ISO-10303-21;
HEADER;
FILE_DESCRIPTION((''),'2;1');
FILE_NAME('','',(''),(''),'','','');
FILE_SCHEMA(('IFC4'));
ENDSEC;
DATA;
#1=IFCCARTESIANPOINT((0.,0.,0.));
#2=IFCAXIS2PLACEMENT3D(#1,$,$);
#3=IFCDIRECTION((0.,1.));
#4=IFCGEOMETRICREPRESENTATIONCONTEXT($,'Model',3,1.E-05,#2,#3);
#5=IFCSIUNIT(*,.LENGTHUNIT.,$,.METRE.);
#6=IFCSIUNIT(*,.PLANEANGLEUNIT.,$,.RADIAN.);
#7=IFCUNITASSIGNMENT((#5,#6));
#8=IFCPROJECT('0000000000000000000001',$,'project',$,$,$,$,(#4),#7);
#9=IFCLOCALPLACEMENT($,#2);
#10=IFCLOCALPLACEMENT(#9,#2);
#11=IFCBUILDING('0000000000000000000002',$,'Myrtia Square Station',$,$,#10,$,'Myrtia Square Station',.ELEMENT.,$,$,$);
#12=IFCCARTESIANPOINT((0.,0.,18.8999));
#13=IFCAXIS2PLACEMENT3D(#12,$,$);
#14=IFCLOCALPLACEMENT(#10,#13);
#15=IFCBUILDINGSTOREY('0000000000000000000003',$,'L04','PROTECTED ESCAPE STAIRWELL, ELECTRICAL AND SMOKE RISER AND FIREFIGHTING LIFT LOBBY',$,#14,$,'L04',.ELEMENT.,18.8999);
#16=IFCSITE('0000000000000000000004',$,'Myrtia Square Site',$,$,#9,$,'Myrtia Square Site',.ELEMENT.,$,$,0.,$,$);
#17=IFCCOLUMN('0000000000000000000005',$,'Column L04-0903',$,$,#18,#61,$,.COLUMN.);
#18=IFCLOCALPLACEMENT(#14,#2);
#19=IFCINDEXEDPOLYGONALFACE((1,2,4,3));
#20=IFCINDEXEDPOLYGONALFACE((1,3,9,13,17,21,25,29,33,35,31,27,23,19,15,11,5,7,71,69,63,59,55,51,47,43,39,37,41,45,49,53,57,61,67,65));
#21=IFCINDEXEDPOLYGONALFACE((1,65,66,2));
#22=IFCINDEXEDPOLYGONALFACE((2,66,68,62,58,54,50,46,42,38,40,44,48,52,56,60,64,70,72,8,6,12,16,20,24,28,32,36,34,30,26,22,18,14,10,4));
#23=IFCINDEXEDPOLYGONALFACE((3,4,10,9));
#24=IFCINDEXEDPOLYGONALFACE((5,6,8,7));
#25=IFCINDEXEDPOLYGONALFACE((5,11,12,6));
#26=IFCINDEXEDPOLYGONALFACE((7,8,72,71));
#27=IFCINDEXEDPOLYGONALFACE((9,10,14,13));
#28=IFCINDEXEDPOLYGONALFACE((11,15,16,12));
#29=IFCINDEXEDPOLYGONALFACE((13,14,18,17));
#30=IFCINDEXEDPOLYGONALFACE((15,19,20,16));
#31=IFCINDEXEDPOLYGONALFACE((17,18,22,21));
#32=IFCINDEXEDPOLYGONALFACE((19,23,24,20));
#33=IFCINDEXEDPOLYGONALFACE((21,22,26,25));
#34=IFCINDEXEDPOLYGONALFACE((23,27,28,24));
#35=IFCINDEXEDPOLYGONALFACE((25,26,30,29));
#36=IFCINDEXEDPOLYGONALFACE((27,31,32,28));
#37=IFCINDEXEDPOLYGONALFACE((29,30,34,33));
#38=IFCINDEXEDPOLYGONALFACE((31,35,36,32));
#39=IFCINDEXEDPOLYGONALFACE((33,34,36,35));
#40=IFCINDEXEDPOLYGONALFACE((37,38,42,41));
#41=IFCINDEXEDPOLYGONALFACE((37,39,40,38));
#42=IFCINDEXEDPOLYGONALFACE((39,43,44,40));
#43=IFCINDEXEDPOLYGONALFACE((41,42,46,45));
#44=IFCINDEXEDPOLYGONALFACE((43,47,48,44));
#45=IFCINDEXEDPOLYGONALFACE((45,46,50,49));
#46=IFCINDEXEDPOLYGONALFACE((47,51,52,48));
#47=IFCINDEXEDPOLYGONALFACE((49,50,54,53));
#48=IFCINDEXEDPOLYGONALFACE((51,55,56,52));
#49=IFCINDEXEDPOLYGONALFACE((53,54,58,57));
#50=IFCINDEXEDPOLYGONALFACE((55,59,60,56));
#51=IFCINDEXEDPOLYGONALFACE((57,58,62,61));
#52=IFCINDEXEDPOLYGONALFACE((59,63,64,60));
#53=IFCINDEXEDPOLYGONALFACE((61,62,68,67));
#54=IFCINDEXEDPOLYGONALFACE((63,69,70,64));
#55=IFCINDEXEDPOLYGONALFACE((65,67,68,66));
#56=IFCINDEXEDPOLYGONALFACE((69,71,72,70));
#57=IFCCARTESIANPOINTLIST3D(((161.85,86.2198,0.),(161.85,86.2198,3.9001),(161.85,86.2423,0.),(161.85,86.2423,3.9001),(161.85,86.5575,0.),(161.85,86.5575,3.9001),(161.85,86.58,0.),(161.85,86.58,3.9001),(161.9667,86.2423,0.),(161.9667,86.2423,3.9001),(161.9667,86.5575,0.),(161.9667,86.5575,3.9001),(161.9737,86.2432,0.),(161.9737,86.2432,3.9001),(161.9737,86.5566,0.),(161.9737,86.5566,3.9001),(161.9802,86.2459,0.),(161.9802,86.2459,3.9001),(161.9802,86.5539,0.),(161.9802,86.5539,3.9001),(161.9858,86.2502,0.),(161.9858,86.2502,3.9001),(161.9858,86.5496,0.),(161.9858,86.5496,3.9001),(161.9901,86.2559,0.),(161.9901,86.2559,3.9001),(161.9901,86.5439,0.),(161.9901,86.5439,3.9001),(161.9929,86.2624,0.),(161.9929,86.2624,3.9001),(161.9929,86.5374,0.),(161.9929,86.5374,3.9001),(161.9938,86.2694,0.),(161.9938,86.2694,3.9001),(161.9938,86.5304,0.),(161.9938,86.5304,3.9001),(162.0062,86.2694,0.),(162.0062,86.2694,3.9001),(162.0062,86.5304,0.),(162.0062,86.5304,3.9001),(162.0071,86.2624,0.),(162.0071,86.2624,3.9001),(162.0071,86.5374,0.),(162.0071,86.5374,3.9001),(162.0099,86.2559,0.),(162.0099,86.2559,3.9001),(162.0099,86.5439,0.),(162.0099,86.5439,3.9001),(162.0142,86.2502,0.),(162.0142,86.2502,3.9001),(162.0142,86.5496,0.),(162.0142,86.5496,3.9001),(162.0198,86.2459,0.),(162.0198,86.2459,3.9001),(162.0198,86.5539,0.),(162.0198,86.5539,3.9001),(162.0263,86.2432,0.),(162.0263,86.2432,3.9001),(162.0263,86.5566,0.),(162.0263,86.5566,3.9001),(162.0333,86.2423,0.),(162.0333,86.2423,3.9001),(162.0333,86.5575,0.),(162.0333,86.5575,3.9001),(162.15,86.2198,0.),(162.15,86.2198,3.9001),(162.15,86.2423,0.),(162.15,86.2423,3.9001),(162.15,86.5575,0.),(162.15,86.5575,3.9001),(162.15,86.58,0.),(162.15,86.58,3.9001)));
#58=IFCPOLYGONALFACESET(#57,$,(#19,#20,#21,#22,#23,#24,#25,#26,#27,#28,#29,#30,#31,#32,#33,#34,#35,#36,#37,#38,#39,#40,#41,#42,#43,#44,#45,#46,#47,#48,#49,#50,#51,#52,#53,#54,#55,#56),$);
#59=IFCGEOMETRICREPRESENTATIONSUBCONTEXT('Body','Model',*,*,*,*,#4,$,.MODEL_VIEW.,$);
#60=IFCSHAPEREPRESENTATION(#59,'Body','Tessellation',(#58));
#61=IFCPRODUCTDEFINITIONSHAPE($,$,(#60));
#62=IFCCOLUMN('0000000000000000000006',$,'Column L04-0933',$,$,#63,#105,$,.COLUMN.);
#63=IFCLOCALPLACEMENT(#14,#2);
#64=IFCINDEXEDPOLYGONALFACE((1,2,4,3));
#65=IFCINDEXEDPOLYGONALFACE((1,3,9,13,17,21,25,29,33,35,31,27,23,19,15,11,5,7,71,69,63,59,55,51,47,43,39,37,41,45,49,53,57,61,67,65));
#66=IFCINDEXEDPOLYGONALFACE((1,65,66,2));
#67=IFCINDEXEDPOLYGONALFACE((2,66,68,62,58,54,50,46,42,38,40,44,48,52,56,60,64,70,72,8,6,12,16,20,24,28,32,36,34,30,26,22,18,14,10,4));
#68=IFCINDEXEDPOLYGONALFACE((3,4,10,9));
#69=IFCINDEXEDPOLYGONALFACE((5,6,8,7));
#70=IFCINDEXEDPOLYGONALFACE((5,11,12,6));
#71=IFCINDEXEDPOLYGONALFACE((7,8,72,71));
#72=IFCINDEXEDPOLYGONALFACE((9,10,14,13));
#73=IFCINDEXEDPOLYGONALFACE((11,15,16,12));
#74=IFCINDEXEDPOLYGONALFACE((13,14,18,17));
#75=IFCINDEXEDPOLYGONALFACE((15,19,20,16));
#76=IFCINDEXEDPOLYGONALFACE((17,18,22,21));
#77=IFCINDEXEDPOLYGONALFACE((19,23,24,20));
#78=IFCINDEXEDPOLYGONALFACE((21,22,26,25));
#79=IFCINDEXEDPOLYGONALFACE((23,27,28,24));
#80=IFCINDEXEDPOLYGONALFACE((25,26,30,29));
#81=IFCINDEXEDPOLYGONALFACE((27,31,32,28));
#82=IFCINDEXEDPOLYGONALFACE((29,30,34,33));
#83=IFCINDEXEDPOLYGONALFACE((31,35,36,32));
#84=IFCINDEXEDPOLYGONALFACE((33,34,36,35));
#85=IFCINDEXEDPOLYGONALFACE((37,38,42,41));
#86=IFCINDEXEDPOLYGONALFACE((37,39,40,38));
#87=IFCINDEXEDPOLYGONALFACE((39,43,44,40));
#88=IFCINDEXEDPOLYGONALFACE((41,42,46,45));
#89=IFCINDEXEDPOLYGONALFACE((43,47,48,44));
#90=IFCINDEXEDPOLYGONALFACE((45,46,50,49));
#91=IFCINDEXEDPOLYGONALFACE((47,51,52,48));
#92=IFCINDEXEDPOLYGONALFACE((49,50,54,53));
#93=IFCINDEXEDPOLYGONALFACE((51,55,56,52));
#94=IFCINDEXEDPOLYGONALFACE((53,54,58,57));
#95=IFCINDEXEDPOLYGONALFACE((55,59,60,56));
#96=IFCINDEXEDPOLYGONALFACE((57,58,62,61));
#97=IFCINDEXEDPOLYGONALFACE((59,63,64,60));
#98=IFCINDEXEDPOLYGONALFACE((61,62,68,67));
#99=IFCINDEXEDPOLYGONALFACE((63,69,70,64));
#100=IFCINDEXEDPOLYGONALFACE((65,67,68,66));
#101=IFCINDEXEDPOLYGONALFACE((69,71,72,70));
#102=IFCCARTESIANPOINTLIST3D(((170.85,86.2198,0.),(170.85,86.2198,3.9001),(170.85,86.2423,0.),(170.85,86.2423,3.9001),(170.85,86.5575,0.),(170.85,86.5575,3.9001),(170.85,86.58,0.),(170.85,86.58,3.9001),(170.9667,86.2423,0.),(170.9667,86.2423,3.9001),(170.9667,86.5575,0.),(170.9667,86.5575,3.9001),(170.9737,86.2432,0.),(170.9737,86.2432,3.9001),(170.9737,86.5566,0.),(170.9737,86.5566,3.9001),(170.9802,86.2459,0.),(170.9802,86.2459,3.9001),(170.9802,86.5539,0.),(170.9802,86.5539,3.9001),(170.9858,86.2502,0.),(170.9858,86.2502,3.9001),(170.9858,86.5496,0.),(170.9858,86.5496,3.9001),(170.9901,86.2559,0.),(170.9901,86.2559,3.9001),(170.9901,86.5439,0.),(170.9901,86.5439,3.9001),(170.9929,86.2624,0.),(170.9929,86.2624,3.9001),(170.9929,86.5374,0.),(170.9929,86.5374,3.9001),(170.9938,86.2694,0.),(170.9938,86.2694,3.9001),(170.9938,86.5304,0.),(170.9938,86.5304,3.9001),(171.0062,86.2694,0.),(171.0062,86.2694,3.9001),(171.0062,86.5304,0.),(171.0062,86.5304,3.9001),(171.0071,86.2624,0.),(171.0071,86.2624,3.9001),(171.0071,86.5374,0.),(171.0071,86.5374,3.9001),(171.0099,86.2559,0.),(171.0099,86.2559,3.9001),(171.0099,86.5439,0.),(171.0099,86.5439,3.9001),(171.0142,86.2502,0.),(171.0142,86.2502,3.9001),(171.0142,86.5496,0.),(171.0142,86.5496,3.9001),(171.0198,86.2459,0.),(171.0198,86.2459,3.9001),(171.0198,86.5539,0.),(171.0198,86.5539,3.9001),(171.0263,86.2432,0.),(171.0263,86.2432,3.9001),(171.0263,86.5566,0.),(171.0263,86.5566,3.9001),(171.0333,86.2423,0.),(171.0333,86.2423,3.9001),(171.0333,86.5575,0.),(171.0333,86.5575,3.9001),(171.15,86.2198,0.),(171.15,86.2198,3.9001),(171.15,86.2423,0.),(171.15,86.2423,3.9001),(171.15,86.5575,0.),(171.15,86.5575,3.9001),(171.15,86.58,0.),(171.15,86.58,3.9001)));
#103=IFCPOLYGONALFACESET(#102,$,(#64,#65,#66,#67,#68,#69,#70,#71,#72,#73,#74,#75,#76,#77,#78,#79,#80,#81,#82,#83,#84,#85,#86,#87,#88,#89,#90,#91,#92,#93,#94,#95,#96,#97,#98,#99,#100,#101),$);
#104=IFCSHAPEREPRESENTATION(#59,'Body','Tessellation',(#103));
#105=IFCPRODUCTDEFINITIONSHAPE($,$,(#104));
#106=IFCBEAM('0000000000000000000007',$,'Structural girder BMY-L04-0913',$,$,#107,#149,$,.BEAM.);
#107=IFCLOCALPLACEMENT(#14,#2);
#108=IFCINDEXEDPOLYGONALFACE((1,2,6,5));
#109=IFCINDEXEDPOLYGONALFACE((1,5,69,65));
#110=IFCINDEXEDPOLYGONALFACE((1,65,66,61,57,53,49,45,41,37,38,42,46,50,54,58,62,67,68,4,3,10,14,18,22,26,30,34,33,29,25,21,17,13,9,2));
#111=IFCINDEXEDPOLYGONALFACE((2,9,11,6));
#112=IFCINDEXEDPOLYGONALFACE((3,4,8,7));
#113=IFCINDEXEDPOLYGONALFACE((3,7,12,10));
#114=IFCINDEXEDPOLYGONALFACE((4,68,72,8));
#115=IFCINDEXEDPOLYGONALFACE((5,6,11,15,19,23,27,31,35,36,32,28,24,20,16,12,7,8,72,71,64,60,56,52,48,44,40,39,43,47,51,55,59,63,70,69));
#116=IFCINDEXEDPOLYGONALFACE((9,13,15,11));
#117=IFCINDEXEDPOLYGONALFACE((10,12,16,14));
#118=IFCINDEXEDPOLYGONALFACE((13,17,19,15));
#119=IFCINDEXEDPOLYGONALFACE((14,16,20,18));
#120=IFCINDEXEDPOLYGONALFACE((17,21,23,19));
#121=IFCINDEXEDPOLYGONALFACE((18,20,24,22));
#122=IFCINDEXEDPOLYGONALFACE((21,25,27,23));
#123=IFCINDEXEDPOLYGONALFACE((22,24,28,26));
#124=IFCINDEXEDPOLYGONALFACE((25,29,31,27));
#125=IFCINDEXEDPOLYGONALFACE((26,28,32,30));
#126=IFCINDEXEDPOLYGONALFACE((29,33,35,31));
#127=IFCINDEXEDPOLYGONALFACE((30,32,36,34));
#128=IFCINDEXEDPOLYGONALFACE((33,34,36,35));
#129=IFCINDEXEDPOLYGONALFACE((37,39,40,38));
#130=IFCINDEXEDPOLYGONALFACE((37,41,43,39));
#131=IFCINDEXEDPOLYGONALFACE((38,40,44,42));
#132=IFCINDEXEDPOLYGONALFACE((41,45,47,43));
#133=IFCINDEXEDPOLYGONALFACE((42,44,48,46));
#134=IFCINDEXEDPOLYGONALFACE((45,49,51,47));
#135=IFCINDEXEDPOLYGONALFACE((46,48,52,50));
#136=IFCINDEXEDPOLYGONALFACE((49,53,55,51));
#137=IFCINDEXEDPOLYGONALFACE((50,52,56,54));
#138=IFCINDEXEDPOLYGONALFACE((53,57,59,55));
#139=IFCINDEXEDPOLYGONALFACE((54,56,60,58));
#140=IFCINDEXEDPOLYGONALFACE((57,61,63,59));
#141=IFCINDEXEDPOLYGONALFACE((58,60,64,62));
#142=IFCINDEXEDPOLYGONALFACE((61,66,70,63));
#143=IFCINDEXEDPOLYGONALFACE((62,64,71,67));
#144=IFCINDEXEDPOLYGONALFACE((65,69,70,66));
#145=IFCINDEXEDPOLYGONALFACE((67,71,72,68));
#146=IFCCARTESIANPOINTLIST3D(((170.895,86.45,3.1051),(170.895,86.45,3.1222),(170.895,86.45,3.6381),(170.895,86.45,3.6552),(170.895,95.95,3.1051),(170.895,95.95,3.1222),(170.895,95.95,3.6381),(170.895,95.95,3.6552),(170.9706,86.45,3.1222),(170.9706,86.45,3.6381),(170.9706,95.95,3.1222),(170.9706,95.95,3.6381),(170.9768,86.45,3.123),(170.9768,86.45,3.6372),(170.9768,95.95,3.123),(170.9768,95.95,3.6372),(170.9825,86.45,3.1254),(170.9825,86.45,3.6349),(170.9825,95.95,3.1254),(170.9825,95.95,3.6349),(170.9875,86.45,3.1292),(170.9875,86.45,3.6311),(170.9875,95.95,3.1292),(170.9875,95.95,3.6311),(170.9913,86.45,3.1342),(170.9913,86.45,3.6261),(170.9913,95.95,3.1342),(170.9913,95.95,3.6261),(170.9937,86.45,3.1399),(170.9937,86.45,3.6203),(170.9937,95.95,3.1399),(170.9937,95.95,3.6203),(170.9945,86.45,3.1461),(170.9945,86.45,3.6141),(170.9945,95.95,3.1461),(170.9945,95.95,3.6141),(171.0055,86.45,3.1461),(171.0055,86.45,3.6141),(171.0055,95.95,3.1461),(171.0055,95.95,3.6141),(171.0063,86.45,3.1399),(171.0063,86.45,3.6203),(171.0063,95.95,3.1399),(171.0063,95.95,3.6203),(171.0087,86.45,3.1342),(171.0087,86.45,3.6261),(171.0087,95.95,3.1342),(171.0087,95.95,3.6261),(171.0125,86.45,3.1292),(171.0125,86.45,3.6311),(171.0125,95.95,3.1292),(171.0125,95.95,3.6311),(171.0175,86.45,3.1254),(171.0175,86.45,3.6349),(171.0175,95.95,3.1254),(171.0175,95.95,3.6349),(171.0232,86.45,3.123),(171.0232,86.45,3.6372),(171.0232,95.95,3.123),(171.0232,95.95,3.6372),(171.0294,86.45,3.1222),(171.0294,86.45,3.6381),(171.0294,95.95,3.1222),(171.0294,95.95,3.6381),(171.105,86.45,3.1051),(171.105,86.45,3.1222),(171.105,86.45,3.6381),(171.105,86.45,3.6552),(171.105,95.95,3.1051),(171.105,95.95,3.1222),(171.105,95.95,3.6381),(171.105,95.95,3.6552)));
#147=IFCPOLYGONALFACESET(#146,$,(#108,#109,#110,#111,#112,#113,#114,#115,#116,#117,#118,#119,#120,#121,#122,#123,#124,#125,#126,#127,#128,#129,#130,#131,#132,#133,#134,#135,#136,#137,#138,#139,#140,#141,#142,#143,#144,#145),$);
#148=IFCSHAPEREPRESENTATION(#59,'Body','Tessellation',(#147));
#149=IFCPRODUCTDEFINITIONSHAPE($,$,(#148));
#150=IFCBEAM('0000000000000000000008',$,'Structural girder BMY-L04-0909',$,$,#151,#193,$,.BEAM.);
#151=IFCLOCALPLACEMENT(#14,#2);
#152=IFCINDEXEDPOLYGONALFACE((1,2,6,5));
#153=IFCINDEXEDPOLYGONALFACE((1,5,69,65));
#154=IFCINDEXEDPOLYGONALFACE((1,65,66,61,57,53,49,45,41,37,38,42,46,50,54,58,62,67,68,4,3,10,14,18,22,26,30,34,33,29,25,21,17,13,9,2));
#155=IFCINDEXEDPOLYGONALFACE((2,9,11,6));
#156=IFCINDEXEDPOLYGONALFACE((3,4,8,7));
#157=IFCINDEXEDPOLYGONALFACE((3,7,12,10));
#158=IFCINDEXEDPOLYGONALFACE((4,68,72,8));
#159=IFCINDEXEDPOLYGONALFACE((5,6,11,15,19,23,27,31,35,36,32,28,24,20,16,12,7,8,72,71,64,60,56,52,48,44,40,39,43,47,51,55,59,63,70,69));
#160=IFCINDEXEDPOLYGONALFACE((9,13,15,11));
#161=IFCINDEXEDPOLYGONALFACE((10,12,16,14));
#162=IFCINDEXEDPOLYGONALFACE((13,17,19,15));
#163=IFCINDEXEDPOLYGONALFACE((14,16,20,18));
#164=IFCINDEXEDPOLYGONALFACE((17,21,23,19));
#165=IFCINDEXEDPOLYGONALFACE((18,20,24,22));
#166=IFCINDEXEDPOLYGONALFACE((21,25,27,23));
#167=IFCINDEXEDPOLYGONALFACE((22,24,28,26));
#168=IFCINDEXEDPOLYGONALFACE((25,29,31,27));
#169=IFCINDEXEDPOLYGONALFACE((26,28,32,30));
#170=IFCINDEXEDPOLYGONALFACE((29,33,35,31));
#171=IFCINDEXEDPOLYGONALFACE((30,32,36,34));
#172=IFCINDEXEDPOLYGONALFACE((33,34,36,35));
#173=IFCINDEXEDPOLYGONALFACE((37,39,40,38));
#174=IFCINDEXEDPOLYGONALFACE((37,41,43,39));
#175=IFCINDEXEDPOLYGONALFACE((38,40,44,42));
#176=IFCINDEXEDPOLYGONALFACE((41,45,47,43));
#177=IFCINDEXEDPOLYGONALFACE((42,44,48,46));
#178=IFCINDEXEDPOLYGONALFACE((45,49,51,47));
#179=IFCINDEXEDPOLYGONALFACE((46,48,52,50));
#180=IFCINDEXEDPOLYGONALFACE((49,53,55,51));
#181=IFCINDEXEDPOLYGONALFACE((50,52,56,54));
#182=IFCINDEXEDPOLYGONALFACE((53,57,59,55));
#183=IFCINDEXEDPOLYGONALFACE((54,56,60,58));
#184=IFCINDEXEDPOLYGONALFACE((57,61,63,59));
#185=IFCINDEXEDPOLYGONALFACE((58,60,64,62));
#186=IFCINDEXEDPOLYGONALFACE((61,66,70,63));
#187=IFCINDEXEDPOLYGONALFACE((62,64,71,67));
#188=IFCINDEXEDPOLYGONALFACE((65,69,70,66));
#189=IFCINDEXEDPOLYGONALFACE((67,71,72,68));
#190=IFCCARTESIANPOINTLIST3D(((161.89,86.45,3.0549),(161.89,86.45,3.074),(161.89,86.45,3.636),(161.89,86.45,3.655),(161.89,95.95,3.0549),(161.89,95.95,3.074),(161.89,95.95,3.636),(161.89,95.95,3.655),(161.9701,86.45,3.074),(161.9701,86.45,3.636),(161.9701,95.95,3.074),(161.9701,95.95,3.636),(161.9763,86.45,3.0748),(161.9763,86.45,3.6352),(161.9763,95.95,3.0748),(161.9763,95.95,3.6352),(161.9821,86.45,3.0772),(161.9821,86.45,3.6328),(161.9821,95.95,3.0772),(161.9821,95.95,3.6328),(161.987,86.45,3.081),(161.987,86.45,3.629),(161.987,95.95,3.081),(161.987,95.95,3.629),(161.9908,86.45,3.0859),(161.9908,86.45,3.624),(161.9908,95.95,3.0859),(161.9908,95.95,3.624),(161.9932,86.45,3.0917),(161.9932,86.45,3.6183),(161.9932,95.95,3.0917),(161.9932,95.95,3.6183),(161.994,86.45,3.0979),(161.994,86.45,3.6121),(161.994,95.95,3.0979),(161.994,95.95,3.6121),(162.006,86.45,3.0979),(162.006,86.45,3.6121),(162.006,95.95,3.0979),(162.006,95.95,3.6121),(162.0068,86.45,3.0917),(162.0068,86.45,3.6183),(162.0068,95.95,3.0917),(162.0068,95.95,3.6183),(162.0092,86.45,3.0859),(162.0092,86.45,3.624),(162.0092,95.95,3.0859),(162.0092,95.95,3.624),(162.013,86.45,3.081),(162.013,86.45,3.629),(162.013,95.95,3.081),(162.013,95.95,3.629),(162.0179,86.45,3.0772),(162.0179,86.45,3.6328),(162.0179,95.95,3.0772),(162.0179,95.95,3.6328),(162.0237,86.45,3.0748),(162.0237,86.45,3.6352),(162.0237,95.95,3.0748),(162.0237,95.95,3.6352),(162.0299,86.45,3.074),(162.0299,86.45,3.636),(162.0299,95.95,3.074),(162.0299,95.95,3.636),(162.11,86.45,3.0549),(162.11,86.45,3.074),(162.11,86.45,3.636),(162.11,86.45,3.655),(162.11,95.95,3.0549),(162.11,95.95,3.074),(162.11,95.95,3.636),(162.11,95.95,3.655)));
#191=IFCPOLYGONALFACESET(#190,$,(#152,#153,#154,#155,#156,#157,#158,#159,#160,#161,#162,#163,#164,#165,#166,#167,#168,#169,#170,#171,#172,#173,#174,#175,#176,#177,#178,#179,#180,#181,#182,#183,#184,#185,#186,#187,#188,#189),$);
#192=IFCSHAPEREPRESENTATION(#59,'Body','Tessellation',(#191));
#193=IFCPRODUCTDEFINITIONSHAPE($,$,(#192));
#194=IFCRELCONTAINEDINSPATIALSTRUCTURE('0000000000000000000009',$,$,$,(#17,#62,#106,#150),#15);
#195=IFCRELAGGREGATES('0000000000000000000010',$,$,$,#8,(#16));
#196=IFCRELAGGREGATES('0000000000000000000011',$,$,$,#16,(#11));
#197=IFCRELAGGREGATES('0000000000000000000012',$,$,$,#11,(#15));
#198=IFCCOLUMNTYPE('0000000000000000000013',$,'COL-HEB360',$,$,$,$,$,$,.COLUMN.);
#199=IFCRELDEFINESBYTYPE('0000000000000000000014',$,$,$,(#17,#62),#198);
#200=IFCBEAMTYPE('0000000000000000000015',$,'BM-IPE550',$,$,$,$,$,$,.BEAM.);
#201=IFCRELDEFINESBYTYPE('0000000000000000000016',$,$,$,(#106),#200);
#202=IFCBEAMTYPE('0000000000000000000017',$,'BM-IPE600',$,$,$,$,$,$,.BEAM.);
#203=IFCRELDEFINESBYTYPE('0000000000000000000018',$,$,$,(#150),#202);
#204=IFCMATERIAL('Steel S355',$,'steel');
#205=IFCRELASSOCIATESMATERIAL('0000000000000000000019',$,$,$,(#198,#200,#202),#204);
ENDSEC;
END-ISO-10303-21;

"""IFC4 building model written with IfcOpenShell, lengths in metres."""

from ifc_helpers import new_model, si_unit, direction, frame, origin, origin_2d, place, context, subcontext, project, spatial, i_section, extrude, material, material_profile, profile_set, type_object, element, save


model = new_model("IFC4")

# Units and contexts
model_context = context("Model", 3, precision=1e-05, world=origin(), true_north=direction((0.0, 1.0)))
body_context = subcontext(model_context, "Body", "Model", "MODEL_VIEW")
ifc_project = project(units=[si_unit("LENGTHUNIT", "METRE"), si_unit("PLANEANGLEUNIT", "RADIAN")], contexts=[model_context])

# Site, building, storey
site_placement = place(None, origin())
site = spatial("IfcSite", under=ifc_project, at=site_placement, Name="Myrtia Square Site", LongName="Myrtia Square Site", CompositionType="ELEMENT", RefElevation=0.0)
building_placement = place(site_placement, origin())
building = spatial("IfcBuilding", under=site, at=building_placement, Name="Myrtia Square Station", LongName="Myrtia Square Station", CompositionType="ELEMENT")
storey_placement = place(building_placement, frame((0.0, 0.0, 18.8999)))
storey = spatial("IfcBuildingStorey", under=building, at=storey_placement, Name="L04", Description="PROTECTED ESCAPE STAIRWELL, ELECTRICAL AND SMOKE RISER AND FIREFIGHTING LIFT LOBBY", LongName="L04", CompositionType="ELEMENT", Elevation=18.8999)

# Columns
ifc_material_1 = material(Name="Steel S355", Category="steel")
ifc_material_profile_1 = material_profile(ifc_material_1, i_section(OverallWidth=0.3, OverallDepth=0.3601, WebThickness=0.0125, FlangeThickness=0.0225, FilletRadius=0.0271, at=origin_2d()), Name="HEB 360")
ifc_profile_set_1 = profile_set([ifc_material_profile_1], Name="Steel S355")
column_type = type_object("IfcColumnType", Name="COL-HEB360", PredefinedType="COLUMN", material=ifc_profile_set_1)
for number, where, z_axis, x_axis, name in (
    (1, (162.0, 86.3999, 0.0), (0.0, 0.0, 1.0), (1.0, 0.0, 0.0), "Column L04-0903"),
    (2, (171.0, 86.3999, 0.0), (0.0, 0.0, 1.0), (1.0, 0.0, 0.0), "Column L04-0933"),
):
    element("IfcColumn", number, at=place(storey_placement, frame(where, z_axis=z_axis, x_axis=x_axis)), inside=storey, type_object=column_type, Name=name, PredefinedType="COLUMN", context=body_context, shape_type="SweptSolid", body=[
        extrude(i_section(OverallWidth=0.3, OverallDepth=0.3601, WebThickness=0.0125, FlangeThickness=0.0225, FilletRadius=0.0271, at=origin_2d()), origin(), (0.0, 0.0, 1.0), 3.9001),
    ])

# Beams
ifc_material_profile_2 = material_profile(ifc_material_1, i_section(OverallWidth=0.21, OverallDepth=0.55, WebThickness=0.011, FlangeThickness=0.0171, FilletRadius=0.0239, at=origin_2d()), Name="IPE 550")
ifc_profile_set_2 = profile_set([ifc_material_profile_2], Name="Steel S355")
beam_type_1 = type_object("IfcBeamType", Name="BM-IPE550", PredefinedType="BEAM", material=ifc_profile_set_2)
beam_1_placement = place(storey_placement, frame((171.0, 86.45, 3.3801), z_axis=(0.0, 1.0, 0.0), x_axis=(-1.0, 0.0, 0.0)))
element("IfcBeam", 3, at=beam_1_placement, inside=storey, type_object=beam_type_1, Name="Structural girder BMY-L04-0913", PredefinedType="BEAM", context=body_context, shape_type="SweptSolid", body=[
    extrude(i_section(OverallWidth=0.21, OverallDepth=0.55, WebThickness=0.011, FlangeThickness=0.0171, FilletRadius=0.0239, at=origin_2d()), origin(), (0.0, 0.0, 1.0), 9.5),
])
ifc_material_profile_3 = material_profile(ifc_material_1, i_section(OverallWidth=0.22, OverallDepth=0.6001, WebThickness=0.012, FlangeThickness=0.019, FilletRadius=0.0239, at=origin_2d()), Name="IPE 600")
ifc_profile_set_3 = profile_set([ifc_material_profile_3], Name="Steel S355")
beam_type_2 = type_object("IfcBeamType", Name="BM-IPE600", PredefinedType="BEAM", material=ifc_profile_set_3)
beam_2_placement = place(storey_placement, frame((162.0, 86.45, 3.355), z_axis=(0.0, 1.0, 0.0), x_axis=(-1.0, 0.0, 0.0)))
element("IfcBeam", 4, at=beam_2_placement, inside=storey, type_object=beam_type_2, Name="Structural girder BMY-L04-0909", PredefinedType="BEAM", context=body_context, shape_type="SweptSolid", body=[
    extrude(i_section(OverallWidth=0.22, OverallDepth=0.6001, WebThickness=0.012, FlangeThickness=0.019, FilletRadius=0.0239, at=origin_2d()), origin(), (0.0, 0.0, 1.0), 9.5),
])

save(model, "model.ifc")
